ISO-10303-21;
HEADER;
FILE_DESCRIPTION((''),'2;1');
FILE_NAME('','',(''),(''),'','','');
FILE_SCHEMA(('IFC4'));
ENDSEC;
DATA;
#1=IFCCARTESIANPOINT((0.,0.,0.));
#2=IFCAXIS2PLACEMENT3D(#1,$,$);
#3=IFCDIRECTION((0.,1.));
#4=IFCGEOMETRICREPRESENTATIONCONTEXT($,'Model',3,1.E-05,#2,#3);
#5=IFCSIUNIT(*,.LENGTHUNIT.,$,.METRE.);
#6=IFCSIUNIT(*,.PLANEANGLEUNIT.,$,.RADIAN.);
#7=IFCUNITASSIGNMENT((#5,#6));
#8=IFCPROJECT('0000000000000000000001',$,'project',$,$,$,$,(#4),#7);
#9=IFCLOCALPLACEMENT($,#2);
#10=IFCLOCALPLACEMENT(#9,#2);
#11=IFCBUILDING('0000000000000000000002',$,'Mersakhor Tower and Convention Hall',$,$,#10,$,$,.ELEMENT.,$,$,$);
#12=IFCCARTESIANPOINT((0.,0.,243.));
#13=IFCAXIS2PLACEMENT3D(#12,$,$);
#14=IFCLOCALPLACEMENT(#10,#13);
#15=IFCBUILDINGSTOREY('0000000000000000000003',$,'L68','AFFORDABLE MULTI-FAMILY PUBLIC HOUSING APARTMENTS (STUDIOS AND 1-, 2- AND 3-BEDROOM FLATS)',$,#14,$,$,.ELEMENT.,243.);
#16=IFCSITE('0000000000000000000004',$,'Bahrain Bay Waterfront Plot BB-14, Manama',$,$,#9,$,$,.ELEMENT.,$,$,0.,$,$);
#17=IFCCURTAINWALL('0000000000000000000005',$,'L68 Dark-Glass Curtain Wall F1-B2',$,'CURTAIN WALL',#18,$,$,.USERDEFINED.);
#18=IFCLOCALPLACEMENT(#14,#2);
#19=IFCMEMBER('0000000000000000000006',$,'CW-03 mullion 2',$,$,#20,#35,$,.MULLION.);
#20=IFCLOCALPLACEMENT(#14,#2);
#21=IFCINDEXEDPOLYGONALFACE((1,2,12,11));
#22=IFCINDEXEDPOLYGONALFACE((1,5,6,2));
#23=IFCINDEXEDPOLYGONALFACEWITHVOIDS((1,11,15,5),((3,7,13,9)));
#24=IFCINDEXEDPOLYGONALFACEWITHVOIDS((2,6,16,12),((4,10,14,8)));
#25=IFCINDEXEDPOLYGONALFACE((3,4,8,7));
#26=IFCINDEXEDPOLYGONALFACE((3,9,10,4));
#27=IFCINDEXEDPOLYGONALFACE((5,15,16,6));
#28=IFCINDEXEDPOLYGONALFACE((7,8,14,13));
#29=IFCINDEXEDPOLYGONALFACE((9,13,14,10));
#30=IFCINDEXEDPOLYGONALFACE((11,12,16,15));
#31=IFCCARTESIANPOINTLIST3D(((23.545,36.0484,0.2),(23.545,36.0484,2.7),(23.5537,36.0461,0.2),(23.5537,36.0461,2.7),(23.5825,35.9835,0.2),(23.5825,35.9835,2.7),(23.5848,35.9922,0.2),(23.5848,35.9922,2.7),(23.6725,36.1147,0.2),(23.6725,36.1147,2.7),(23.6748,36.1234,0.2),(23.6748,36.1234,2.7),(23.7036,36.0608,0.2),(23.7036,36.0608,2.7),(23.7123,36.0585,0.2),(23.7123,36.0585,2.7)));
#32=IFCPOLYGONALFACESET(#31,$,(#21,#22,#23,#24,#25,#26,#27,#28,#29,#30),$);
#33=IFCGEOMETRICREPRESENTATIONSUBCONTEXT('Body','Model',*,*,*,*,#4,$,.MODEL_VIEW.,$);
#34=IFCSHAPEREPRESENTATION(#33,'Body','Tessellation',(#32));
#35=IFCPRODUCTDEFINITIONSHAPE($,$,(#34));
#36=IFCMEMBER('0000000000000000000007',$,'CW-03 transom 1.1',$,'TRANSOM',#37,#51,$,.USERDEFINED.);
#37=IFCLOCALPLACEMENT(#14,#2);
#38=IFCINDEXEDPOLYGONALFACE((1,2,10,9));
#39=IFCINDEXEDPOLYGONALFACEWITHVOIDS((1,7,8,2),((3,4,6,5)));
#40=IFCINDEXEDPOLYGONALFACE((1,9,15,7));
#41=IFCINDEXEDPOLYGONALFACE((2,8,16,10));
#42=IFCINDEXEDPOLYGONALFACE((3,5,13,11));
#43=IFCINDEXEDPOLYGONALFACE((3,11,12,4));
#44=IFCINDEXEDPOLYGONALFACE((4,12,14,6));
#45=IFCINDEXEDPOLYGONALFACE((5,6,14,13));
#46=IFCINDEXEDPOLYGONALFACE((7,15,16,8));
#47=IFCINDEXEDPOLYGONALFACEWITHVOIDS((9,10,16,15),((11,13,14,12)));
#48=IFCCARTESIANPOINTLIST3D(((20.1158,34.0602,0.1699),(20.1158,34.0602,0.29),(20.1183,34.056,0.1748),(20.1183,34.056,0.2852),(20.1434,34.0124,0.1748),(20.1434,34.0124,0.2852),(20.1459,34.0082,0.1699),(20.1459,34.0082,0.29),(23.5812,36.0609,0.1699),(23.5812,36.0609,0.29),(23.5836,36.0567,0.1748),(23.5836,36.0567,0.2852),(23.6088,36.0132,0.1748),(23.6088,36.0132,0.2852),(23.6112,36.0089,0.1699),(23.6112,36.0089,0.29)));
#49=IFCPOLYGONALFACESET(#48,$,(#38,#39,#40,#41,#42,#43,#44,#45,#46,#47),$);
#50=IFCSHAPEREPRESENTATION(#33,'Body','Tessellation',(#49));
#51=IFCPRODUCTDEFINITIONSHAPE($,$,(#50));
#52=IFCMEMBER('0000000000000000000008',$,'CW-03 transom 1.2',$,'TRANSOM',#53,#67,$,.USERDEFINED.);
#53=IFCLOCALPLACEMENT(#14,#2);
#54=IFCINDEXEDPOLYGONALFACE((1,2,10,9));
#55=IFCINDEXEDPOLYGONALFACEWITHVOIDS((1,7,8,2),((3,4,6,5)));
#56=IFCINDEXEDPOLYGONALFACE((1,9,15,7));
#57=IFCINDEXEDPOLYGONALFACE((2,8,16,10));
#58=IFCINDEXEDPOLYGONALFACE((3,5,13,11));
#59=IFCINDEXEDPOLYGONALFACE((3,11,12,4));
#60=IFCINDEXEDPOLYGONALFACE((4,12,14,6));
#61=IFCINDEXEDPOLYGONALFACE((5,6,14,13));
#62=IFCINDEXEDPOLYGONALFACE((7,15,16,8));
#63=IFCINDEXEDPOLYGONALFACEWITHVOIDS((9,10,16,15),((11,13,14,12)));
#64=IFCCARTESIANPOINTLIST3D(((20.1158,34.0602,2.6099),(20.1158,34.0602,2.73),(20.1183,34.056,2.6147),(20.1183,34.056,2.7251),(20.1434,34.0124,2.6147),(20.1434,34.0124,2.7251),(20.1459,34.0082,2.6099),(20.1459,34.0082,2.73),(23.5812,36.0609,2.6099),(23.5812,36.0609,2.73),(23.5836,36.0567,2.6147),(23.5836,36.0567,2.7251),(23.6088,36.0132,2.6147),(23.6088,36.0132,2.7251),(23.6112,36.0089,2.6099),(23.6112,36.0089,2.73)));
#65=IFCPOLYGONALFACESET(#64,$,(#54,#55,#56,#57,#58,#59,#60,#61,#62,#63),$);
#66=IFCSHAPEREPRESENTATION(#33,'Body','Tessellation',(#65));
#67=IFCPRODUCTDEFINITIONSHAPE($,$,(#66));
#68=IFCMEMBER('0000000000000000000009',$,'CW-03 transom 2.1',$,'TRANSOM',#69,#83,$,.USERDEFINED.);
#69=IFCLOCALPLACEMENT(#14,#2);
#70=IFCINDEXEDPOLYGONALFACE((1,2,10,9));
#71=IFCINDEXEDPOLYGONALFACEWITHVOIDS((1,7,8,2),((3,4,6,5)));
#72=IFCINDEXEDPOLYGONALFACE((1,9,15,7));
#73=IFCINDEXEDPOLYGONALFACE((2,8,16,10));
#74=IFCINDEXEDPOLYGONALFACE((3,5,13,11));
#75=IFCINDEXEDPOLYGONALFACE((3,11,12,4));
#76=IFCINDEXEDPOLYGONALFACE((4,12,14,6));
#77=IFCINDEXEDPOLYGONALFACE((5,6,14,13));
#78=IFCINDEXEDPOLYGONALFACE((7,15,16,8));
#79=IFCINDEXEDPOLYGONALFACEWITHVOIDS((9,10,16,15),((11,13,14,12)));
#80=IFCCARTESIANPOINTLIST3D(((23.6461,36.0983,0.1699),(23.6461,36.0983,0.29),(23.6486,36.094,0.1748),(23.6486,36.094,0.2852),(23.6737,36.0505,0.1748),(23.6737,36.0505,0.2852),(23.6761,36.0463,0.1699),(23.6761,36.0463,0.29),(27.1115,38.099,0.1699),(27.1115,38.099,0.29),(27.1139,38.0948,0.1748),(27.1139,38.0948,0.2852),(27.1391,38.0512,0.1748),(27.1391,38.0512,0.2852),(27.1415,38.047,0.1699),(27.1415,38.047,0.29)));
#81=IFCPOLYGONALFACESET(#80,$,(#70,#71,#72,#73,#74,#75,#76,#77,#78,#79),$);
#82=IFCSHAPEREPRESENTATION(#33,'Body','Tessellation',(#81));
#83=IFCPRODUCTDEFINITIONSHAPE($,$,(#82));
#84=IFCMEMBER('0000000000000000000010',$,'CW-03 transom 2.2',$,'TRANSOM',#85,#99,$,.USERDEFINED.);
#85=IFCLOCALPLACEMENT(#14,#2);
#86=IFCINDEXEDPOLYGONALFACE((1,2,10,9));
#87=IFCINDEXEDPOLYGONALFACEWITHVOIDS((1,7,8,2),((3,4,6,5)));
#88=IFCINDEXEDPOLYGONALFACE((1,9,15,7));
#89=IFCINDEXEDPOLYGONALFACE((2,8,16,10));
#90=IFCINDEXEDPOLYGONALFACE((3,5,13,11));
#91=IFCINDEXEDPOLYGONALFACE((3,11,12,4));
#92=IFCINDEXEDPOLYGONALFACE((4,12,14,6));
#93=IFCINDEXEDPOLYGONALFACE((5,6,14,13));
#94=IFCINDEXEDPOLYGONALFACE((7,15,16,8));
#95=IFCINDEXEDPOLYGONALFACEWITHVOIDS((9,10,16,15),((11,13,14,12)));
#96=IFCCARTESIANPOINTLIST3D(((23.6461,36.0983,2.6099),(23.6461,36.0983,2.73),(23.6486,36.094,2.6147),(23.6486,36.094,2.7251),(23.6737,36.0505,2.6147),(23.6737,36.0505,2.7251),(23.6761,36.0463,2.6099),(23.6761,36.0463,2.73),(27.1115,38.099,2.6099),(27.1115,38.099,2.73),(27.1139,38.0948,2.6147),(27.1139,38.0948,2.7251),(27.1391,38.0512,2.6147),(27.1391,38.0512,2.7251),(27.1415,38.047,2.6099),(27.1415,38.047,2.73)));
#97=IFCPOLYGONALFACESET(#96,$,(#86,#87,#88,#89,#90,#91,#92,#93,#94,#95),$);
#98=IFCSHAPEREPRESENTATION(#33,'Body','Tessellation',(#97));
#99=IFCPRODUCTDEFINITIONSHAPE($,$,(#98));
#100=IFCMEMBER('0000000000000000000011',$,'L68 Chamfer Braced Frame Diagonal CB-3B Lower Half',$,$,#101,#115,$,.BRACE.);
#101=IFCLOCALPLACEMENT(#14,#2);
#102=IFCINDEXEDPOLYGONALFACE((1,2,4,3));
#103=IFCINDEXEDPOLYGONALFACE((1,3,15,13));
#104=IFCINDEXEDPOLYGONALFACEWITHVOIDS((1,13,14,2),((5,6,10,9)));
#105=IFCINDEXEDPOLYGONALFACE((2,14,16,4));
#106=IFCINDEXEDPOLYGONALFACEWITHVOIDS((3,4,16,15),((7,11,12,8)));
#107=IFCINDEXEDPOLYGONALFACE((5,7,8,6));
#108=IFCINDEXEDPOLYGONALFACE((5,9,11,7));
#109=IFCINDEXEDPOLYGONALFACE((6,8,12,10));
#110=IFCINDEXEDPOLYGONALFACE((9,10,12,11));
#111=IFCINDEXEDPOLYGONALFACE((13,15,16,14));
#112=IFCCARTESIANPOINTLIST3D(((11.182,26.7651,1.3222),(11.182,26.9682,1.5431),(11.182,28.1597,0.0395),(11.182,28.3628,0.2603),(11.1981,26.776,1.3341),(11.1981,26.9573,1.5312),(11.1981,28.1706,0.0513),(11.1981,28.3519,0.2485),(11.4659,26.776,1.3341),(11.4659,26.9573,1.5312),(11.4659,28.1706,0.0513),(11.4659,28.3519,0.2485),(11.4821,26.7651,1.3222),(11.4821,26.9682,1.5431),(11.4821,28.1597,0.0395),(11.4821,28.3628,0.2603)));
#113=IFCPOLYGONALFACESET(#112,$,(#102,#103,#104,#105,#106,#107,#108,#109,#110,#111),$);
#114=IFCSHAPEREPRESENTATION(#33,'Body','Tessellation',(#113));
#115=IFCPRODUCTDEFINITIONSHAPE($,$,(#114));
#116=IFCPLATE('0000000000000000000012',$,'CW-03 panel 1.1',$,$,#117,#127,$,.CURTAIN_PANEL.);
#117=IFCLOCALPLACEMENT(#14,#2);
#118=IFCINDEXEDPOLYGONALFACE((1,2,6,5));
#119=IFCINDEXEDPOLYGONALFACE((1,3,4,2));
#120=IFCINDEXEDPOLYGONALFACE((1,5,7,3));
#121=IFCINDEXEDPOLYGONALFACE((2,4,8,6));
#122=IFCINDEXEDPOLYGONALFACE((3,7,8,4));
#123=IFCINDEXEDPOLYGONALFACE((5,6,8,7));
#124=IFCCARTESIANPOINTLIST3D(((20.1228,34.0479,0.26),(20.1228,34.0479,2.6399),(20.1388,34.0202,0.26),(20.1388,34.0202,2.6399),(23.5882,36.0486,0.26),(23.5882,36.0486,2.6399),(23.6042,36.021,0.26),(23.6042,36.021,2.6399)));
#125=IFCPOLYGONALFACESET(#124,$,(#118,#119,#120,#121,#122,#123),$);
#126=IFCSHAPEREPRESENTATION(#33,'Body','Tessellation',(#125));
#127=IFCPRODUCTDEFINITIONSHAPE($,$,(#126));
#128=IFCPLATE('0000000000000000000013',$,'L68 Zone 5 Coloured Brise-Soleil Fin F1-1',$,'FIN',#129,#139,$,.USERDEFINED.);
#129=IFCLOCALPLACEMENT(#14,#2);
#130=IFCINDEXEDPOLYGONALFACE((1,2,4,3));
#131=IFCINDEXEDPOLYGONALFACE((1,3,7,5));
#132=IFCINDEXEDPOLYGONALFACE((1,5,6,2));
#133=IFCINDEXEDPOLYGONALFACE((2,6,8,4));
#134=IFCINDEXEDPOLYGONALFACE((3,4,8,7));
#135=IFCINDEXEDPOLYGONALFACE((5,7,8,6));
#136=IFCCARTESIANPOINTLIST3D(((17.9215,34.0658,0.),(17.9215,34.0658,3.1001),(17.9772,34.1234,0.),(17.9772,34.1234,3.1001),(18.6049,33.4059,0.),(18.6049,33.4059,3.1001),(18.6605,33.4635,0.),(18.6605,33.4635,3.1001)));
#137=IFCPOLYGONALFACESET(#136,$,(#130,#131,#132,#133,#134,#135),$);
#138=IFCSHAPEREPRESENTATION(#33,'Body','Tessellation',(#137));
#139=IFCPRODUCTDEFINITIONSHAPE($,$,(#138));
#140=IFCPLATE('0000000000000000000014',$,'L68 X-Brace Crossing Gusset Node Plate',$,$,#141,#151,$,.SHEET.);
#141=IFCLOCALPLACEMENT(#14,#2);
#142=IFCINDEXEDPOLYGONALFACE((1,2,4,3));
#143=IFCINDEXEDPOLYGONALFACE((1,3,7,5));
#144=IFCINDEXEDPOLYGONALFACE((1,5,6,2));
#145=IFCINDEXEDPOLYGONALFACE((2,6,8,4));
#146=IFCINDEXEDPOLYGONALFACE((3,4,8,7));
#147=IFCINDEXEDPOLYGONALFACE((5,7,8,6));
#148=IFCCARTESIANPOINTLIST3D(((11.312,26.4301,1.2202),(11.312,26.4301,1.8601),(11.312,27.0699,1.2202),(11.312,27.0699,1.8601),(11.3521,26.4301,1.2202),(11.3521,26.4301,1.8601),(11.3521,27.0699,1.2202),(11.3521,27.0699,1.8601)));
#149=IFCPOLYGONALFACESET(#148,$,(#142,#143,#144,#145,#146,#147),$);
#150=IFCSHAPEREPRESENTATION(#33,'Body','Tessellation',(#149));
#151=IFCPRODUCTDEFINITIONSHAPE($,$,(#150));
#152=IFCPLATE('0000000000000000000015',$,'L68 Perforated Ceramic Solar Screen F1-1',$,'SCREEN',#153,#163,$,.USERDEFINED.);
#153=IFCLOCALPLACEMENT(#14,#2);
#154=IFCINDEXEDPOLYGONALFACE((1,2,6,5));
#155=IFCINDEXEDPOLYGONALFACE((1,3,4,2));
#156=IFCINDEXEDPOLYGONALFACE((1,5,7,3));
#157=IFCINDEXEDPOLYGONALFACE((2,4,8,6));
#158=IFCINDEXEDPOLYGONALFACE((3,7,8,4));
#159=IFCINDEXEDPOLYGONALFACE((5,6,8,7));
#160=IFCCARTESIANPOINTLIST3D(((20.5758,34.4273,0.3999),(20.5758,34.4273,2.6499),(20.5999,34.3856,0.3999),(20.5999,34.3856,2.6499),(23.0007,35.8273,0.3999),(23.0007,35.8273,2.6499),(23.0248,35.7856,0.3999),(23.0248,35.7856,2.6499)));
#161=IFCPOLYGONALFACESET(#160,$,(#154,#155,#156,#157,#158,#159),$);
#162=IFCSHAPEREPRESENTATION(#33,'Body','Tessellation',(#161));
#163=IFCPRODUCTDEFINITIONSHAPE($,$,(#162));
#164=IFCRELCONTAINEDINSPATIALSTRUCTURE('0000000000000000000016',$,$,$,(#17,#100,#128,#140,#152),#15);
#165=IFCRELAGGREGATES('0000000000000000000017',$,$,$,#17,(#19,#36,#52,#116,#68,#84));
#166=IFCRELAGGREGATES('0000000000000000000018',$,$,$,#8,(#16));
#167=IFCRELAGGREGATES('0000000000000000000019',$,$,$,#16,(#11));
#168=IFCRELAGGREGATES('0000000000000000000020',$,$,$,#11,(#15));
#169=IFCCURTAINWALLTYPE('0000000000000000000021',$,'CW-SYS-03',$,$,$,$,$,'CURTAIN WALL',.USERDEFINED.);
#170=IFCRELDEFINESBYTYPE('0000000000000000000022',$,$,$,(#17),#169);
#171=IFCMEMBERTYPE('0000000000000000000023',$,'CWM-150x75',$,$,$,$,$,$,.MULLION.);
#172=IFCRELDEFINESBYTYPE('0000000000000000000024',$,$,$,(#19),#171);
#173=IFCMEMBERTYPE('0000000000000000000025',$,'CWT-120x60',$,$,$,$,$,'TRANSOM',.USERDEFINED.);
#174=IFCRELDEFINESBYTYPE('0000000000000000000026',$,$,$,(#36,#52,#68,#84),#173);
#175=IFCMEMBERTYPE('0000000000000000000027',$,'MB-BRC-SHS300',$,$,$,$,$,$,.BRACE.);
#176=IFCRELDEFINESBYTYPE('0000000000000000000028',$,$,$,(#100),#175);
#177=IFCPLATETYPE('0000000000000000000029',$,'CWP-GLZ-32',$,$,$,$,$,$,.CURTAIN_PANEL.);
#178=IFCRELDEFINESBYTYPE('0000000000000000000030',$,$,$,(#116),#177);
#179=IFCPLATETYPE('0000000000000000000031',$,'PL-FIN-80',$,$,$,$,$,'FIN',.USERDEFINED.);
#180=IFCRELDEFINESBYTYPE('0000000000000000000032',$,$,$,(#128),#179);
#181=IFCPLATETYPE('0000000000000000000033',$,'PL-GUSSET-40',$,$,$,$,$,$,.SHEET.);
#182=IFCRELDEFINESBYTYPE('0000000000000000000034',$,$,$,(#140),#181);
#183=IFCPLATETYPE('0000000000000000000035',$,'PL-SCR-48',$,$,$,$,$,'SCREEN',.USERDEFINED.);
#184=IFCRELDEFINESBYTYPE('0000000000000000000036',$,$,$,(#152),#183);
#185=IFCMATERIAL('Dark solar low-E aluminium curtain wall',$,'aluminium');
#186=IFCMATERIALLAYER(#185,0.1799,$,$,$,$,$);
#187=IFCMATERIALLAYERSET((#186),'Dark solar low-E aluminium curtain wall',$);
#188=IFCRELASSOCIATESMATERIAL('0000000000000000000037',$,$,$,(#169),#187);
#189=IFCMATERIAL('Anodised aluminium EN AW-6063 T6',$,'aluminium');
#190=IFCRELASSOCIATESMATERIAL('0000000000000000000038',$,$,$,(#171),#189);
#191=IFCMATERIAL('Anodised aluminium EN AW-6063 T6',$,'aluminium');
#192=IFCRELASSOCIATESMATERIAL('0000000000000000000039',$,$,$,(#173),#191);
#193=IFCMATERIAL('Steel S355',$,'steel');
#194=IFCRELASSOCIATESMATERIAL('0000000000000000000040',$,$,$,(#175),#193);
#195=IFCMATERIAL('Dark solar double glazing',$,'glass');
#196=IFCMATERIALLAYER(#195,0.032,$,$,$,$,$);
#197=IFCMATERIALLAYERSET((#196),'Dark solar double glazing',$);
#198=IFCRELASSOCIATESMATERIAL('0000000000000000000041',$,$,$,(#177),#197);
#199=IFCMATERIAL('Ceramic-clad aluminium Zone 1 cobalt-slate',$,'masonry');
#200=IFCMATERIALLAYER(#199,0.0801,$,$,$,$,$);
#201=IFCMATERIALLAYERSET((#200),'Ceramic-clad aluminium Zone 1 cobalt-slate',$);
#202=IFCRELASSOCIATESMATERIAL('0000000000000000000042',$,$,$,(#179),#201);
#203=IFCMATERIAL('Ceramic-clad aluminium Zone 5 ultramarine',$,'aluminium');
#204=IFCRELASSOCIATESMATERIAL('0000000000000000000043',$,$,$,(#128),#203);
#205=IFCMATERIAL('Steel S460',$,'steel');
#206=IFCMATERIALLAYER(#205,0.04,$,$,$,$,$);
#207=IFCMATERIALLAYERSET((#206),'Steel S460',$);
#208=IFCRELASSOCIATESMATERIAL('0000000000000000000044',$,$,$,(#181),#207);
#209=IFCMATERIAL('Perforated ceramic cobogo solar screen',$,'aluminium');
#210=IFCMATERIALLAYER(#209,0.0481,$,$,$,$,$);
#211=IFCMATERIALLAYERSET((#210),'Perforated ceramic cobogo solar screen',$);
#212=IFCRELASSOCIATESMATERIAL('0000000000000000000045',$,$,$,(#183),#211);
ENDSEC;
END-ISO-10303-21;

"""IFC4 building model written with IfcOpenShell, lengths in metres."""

from ifc_helpers import new_model, si_unit, direction, frame, origin, origin_2d, place, context, subcontext, project, spatial, rectangle, hollow_rectangle, extrude, material, layer, layer_set, material_profile, profile_set, type_object, element, aggregate, save


model = new_model("IFC4")

# Units and contexts
model_context = context("Model", 3, precision=1e-05, world=origin(), true_north=direction((0.0, 1.0)))
body_context = subcontext(model_context, "Body", "Model", "MODEL_VIEW")
ifc_project = project(units=[si_unit("LENGTHUNIT", "METRE"), si_unit("PLANEANGLEUNIT", "RADIAN")], contexts=[model_context])

# Site, building, storey
site_placement = place(None, origin())
site = spatial("IfcSite", under=ifc_project, at=site_placement, Name="Bahrain Bay Waterfront Plot BB-14, Manama", CompositionType="ELEMENT", RefElevation=0.0)
building_placement = place(site_placement, origin())
building = spatial("IfcBuilding", under=site, at=building_placement, Name="Mersakhor Tower and Convention Hall", CompositionType="ELEMENT")
storey_placement = place(building_placement, frame((0.0, 0.0, 243.0)))
storey = spatial("IfcBuildingStorey", under=building, at=storey_placement, Name="L68", Description="AFFORDABLE MULTI-FAMILY PUBLIC HOUSING APARTMENTS (STUDIOS AND 1-, 2- AND 3-BEDROOM FLATS)", CompositionType="ELEMENT", Elevation=243.0)

# Curtain wall, members
ifc_material_1 = material(Name="Dark solar low-E aluminium curtain wall", Category="aluminium")
ifc_layer_1 = layer(ifc_material_1, 0.1799)
ifc_layer_set_1 = layer_set([ifc_layer_1], Name="Dark solar low-E aluminium curtain wall")
curtain_wall_type = type_object("IfcCurtainWallType", Name="CW-SYS-03", ElementType="CURTAIN WALL", PredefinedType="USERDEFINED", material=ifc_layer_set_1)
curtain_wall_placement = place(storey_placement, origin())
curtain_wall = element("IfcCurtainWall", 1, at=curtain_wall_placement, inside=storey, type_object=curtain_wall_type, Name="L68 Dark-Glass Curtain Wall F1-B2", ObjectType="CURTAIN WALL", PredefinedType="USERDEFINED")
ifc_material_2 = material(Name="Anodised aluminium EN AW-6063 T6", Category="aluminium")
ifc_material_profile_1 = material_profile(ifc_material_2, hollow_rectangle(XDim=0.075, YDim=0.1499, WallThickness=0.0063, at=origin_2d()), Name="RHS 150x75x6.3")
ifc_profile_set_1 = profile_set([ifc_material_profile_1], Name="Anodised aluminium EN AW-6063 T6")
member_type_1 = type_object("IfcMemberType", Name="CWM-150x75", PredefinedType="MULLION", material=ifc_profile_set_1)
member_1_placement = place(storey_placement, frame((23.6287, 36.0535, 0.2), z_axis=(0.0, 0.0, 1.0), x_axis=(-0.500004, 0.866023, 0.0)))
member_1 = element("IfcMember", 2, at=member_1_placement, type_object=member_type_1, Name="CW-03 mullion 2", PredefinedType="MULLION", context=body_context, shape_type="SweptSolid", body=[
    extrude(hollow_rectangle(XDim=0.075, YDim=0.1499, WallThickness=0.0063, at=origin_2d()), origin(), (0.0, 0.0, 1.0), 2.5),
])
ifc_material_3 = material(Name="Anodised aluminium EN AW-6063 T6", Category="aluminium")
ifc_material_profile_2 = material_profile(ifc_material_3, hollow_rectangle(XDim=0.0601, YDim=0.1201, WallThickness=0.0049, at=origin_2d()), Name="RHS 120x60x5")
ifc_profile_set_2 = profile_set([ifc_material_profile_2], Name="Anodised aluminium EN AW-6063 T6")
member_type_2 = type_object("IfcMemberType", Name="CWT-120x60", ElementType="TRANSOM", PredefinedType="USERDEFINED", material=ifc_profile_set_2)
member_2_placement = place(storey_placement, frame((20.1309, 34.0342, 0.23), z_axis=(0.866023, 0.500004, 0.0), x_axis=(-0.500004, 0.866023, 0.0)))
member_2 = element("IfcMember", 3, at=member_2_placement, type_object=member_type_2, Name="CW-03 transom 1.1", ObjectType="TRANSOM", PredefinedType="USERDEFINED", context=body_context, shape_type="SweptSolid", body=[
    extrude(hollow_rectangle(XDim=0.0601, YDim=0.1201, WallThickness=0.0049, at=origin_2d()), origin(), (0.0, 0.0, 1.0), 4.0015),
])
member_3_placement = place(storey_placement, frame((20.1309, 34.0342, 2.6699), z_axis=(0.866023, 0.500004, 0.0), x_axis=(-0.500004, 0.866023, 0.0)))
member_3 = element("IfcMember", 4, at=member_3_placement, type_object=member_type_2, Name="CW-03 transom 1.2", ObjectType="TRANSOM", PredefinedType="USERDEFINED", context=body_context, shape_type="SweptSolid", body=[
    extrude(hollow_rectangle(XDim=0.0601, YDim=0.1201, WallThickness=0.0049, at=origin_2d()), origin(), (0.0, 0.0, 1.0), 4.0015),
])
member_4_placement = place(storey_placement, frame((23.6611, 36.0723, 0.23), z_axis=(0.866023, 0.500004, 0.0), x_axis=(-0.500004, 0.866023, 0.0)))
member_4 = element("IfcMember", 5, at=member_4_placement, type_object=member_type_2, Name="CW-03 transom 2.1", ObjectType="TRANSOM", PredefinedType="USERDEFINED", context=body_context, shape_type="SweptSolid", body=[
    extrude(hollow_rectangle(XDim=0.0601, YDim=0.1201, WallThickness=0.0049, at=origin_2d()), origin(), (0.0, 0.0, 1.0), 4.0015),
])
member_5_placement = place(storey_placement, frame((23.6611, 36.0723, 2.6699), z_axis=(0.866023, 0.500004, 0.0), x_axis=(-0.500004, 0.866023, 0.0)))
member_5 = element("IfcMember", 6, at=member_5_placement, type_object=member_type_2, Name="CW-03 transom 2.2", ObjectType="TRANSOM", PredefinedType="USERDEFINED", context=body_context, shape_type="SweptSolid", body=[
    extrude(hollow_rectangle(XDim=0.0601, YDim=0.1201, WallThickness=0.0049, at=origin_2d()), origin(), (0.0, 0.0, 1.0), 4.0015),
])

# Member
ifc_material_4 = material(Name="Steel S355", Category="steel")
ifc_material_profile_3 = material_profile(ifc_material_4, hollow_rectangle(XDim=0.3, YDim=0.3, WallThickness=0.0161, at=origin_2d()), Name="SHS 300x300x16")
ifc_profile_set_3 = profile_set([ifc_material_profile_3], Name="Steel S355")
member_type_3 = type_object("IfcMemberType", Name="MB-BRC-SHS300", PredefinedType="BRACE", material=ifc_profile_set_3)
member_6_placement = place(storey_placement, frame((11.332, 28.2612, 0.1499), z_axis=(0.0, -0.735998, 0.676984), x_axis=(1.0, 0.0, 0.0)))
element("IfcMember", 7, at=member_6_placement, inside=storey, type_object=member_type_3, Name="L68 Chamfer Braced Frame Diagonal CB-3B Lower Half", PredefinedType="BRACE", context=body_context, shape_type="SweptSolid", body=[
    extrude(hollow_rectangle(XDim=0.3, YDim=0.3, WallThickness=0.0161, at=origin_2d()), origin(), (0.0, 0.0, 1.0), 1.8948),
])

# Plate
ifc_material_5 = material(Name="Dark solar double glazing", Category="glass")
ifc_layer_2 = layer(ifc_material_5, 0.032)
ifc_layer_set_2 = layer_set([ifc_layer_2], Name="Dark solar double glazing")
plate_type_1 = type_object("IfcPlateType", Name="CWP-GLZ-32", PredefinedType="CURTAIN_PANEL", material=ifc_layer_set_2)
plate_1_placement = place(storey_placement, frame((21.8635, 35.0344, 0.26), z_axis=(0.0, 0.0, 1.0), x_axis=(0.866023, 0.500004, 0.0)))
plate_1 = element("IfcPlate", 8, at=plate_1_placement, type_object=plate_type_1, Name="CW-03 panel 1.1", PredefinedType="CURTAIN_PANEL", context=body_context, shape_type="SweptSolid", body=[
    extrude(rectangle(XDim=4.0015, YDim=0.032, at=origin_2d()), origin(), (0.0, 0.0, 1.0), 2.3799),
])
aggregate(curtain_wall, [member_1, member_2, member_3, plate_1, member_4, member_5])

# Plates
ifc_material_6 = material(Name="Ceramic-clad aluminium Zone 5 ultramarine", Category="aluminium")
ifc_material_7 = material(Name="Ceramic-clad aluminium Zone 1 cobalt-slate", Category="masonry")
ifc_layer_3 = layer(ifc_material_7, 0.0801)
ifc_layer_set_3 = layer_set([ifc_layer_3], Name="Ceramic-clad aluminium Zone 1 cobalt-slate")
plate_type_2 = type_object("IfcPlateType", Name="PL-FIN-80", ElementType="FIN", PredefinedType="USERDEFINED", material=ifc_layer_set_3)
plate_2_placement = place(storey_placement, frame((18.291, 33.7646, 0.0), z_axis=(0.0, 0.0, 1.0), x_axis=(-0.71934, 0.694658, 0.0)))
element("IfcPlate", 9, at=plate_2_placement, inside=storey, type_object=plate_type_2, material=ifc_material_6, Name="L68 Zone 5 Coloured Brise-Soleil Fin F1-1", ObjectType="FIN", PredefinedType="USERDEFINED", context=body_context, shape_type="SweptSolid", body=[
    extrude(rectangle(XDim=0.95, YDim=0.0801, at=origin_2d()), origin(), (0.0, 0.0, 1.0), 3.1001),
])
ifc_material_8 = material(Name="Steel S460", Category="steel")
ifc_layer_4 = layer(ifc_material_8, 0.04)
ifc_layer_set_4 = layer_set([ifc_layer_4], Name="Steel S460")
plate_type_3 = type_object("IfcPlateType", Name="PL-GUSSET-40", PredefinedType="SHEET", material=ifc_layer_set_4)
plate_3_placement = place(storey_placement, frame((11.332, 26.75, 1.2202), z_axis=(0.0, 0.0, 1.0), x_axis=(0.0, -1.0, 0.0)))
element("IfcPlate", 10, at=plate_3_placement, inside=storey, type_object=plate_type_3, Name="L68 X-Brace Crossing Gusset Node Plate", PredefinedType="SHEET", context=body_context, shape_type="SweptSolid", body=[
    extrude(rectangle(XDim=0.6399, YDim=0.04, at=origin_2d()), origin(), (0.0, 0.0, 1.0), 0.6399),
])
ifc_material_9 = material(Name="Perforated ceramic cobogo solar screen", Category="aluminium")
ifc_layer_5 = layer(ifc_material_9, 0.0481)
ifc_layer_set_5 = layer_set([ifc_layer_5], Name="Perforated ceramic cobogo solar screen")
plate_type_4 = type_object("IfcPlateType", Name="PL-SCR-48", ElementType="SCREEN", PredefinedType="USERDEFINED", material=ifc_layer_set_5)
plate_4_placement = place(storey_placement, frame((21.8003, 35.1064, 0.3999), z_axis=(0.0, 0.0, 1.0), x_axis=(0.866025, 0.5, 0.0)))
element("IfcPlate", 11, at=plate_4_placement, inside=storey, type_object=plate_type_4, Name="L68 Perforated Ceramic Solar Screen F1-1", ObjectType="SCREEN", PredefinedType="USERDEFINED", context=body_context, shape_type="SweptSolid", body=[
    extrude(rectangle(XDim=2.8, YDim=0.0481, at=origin_2d()), origin(), (0.0, 0.0, 1.0), 2.25),
])

save(model, "model.ifc")
